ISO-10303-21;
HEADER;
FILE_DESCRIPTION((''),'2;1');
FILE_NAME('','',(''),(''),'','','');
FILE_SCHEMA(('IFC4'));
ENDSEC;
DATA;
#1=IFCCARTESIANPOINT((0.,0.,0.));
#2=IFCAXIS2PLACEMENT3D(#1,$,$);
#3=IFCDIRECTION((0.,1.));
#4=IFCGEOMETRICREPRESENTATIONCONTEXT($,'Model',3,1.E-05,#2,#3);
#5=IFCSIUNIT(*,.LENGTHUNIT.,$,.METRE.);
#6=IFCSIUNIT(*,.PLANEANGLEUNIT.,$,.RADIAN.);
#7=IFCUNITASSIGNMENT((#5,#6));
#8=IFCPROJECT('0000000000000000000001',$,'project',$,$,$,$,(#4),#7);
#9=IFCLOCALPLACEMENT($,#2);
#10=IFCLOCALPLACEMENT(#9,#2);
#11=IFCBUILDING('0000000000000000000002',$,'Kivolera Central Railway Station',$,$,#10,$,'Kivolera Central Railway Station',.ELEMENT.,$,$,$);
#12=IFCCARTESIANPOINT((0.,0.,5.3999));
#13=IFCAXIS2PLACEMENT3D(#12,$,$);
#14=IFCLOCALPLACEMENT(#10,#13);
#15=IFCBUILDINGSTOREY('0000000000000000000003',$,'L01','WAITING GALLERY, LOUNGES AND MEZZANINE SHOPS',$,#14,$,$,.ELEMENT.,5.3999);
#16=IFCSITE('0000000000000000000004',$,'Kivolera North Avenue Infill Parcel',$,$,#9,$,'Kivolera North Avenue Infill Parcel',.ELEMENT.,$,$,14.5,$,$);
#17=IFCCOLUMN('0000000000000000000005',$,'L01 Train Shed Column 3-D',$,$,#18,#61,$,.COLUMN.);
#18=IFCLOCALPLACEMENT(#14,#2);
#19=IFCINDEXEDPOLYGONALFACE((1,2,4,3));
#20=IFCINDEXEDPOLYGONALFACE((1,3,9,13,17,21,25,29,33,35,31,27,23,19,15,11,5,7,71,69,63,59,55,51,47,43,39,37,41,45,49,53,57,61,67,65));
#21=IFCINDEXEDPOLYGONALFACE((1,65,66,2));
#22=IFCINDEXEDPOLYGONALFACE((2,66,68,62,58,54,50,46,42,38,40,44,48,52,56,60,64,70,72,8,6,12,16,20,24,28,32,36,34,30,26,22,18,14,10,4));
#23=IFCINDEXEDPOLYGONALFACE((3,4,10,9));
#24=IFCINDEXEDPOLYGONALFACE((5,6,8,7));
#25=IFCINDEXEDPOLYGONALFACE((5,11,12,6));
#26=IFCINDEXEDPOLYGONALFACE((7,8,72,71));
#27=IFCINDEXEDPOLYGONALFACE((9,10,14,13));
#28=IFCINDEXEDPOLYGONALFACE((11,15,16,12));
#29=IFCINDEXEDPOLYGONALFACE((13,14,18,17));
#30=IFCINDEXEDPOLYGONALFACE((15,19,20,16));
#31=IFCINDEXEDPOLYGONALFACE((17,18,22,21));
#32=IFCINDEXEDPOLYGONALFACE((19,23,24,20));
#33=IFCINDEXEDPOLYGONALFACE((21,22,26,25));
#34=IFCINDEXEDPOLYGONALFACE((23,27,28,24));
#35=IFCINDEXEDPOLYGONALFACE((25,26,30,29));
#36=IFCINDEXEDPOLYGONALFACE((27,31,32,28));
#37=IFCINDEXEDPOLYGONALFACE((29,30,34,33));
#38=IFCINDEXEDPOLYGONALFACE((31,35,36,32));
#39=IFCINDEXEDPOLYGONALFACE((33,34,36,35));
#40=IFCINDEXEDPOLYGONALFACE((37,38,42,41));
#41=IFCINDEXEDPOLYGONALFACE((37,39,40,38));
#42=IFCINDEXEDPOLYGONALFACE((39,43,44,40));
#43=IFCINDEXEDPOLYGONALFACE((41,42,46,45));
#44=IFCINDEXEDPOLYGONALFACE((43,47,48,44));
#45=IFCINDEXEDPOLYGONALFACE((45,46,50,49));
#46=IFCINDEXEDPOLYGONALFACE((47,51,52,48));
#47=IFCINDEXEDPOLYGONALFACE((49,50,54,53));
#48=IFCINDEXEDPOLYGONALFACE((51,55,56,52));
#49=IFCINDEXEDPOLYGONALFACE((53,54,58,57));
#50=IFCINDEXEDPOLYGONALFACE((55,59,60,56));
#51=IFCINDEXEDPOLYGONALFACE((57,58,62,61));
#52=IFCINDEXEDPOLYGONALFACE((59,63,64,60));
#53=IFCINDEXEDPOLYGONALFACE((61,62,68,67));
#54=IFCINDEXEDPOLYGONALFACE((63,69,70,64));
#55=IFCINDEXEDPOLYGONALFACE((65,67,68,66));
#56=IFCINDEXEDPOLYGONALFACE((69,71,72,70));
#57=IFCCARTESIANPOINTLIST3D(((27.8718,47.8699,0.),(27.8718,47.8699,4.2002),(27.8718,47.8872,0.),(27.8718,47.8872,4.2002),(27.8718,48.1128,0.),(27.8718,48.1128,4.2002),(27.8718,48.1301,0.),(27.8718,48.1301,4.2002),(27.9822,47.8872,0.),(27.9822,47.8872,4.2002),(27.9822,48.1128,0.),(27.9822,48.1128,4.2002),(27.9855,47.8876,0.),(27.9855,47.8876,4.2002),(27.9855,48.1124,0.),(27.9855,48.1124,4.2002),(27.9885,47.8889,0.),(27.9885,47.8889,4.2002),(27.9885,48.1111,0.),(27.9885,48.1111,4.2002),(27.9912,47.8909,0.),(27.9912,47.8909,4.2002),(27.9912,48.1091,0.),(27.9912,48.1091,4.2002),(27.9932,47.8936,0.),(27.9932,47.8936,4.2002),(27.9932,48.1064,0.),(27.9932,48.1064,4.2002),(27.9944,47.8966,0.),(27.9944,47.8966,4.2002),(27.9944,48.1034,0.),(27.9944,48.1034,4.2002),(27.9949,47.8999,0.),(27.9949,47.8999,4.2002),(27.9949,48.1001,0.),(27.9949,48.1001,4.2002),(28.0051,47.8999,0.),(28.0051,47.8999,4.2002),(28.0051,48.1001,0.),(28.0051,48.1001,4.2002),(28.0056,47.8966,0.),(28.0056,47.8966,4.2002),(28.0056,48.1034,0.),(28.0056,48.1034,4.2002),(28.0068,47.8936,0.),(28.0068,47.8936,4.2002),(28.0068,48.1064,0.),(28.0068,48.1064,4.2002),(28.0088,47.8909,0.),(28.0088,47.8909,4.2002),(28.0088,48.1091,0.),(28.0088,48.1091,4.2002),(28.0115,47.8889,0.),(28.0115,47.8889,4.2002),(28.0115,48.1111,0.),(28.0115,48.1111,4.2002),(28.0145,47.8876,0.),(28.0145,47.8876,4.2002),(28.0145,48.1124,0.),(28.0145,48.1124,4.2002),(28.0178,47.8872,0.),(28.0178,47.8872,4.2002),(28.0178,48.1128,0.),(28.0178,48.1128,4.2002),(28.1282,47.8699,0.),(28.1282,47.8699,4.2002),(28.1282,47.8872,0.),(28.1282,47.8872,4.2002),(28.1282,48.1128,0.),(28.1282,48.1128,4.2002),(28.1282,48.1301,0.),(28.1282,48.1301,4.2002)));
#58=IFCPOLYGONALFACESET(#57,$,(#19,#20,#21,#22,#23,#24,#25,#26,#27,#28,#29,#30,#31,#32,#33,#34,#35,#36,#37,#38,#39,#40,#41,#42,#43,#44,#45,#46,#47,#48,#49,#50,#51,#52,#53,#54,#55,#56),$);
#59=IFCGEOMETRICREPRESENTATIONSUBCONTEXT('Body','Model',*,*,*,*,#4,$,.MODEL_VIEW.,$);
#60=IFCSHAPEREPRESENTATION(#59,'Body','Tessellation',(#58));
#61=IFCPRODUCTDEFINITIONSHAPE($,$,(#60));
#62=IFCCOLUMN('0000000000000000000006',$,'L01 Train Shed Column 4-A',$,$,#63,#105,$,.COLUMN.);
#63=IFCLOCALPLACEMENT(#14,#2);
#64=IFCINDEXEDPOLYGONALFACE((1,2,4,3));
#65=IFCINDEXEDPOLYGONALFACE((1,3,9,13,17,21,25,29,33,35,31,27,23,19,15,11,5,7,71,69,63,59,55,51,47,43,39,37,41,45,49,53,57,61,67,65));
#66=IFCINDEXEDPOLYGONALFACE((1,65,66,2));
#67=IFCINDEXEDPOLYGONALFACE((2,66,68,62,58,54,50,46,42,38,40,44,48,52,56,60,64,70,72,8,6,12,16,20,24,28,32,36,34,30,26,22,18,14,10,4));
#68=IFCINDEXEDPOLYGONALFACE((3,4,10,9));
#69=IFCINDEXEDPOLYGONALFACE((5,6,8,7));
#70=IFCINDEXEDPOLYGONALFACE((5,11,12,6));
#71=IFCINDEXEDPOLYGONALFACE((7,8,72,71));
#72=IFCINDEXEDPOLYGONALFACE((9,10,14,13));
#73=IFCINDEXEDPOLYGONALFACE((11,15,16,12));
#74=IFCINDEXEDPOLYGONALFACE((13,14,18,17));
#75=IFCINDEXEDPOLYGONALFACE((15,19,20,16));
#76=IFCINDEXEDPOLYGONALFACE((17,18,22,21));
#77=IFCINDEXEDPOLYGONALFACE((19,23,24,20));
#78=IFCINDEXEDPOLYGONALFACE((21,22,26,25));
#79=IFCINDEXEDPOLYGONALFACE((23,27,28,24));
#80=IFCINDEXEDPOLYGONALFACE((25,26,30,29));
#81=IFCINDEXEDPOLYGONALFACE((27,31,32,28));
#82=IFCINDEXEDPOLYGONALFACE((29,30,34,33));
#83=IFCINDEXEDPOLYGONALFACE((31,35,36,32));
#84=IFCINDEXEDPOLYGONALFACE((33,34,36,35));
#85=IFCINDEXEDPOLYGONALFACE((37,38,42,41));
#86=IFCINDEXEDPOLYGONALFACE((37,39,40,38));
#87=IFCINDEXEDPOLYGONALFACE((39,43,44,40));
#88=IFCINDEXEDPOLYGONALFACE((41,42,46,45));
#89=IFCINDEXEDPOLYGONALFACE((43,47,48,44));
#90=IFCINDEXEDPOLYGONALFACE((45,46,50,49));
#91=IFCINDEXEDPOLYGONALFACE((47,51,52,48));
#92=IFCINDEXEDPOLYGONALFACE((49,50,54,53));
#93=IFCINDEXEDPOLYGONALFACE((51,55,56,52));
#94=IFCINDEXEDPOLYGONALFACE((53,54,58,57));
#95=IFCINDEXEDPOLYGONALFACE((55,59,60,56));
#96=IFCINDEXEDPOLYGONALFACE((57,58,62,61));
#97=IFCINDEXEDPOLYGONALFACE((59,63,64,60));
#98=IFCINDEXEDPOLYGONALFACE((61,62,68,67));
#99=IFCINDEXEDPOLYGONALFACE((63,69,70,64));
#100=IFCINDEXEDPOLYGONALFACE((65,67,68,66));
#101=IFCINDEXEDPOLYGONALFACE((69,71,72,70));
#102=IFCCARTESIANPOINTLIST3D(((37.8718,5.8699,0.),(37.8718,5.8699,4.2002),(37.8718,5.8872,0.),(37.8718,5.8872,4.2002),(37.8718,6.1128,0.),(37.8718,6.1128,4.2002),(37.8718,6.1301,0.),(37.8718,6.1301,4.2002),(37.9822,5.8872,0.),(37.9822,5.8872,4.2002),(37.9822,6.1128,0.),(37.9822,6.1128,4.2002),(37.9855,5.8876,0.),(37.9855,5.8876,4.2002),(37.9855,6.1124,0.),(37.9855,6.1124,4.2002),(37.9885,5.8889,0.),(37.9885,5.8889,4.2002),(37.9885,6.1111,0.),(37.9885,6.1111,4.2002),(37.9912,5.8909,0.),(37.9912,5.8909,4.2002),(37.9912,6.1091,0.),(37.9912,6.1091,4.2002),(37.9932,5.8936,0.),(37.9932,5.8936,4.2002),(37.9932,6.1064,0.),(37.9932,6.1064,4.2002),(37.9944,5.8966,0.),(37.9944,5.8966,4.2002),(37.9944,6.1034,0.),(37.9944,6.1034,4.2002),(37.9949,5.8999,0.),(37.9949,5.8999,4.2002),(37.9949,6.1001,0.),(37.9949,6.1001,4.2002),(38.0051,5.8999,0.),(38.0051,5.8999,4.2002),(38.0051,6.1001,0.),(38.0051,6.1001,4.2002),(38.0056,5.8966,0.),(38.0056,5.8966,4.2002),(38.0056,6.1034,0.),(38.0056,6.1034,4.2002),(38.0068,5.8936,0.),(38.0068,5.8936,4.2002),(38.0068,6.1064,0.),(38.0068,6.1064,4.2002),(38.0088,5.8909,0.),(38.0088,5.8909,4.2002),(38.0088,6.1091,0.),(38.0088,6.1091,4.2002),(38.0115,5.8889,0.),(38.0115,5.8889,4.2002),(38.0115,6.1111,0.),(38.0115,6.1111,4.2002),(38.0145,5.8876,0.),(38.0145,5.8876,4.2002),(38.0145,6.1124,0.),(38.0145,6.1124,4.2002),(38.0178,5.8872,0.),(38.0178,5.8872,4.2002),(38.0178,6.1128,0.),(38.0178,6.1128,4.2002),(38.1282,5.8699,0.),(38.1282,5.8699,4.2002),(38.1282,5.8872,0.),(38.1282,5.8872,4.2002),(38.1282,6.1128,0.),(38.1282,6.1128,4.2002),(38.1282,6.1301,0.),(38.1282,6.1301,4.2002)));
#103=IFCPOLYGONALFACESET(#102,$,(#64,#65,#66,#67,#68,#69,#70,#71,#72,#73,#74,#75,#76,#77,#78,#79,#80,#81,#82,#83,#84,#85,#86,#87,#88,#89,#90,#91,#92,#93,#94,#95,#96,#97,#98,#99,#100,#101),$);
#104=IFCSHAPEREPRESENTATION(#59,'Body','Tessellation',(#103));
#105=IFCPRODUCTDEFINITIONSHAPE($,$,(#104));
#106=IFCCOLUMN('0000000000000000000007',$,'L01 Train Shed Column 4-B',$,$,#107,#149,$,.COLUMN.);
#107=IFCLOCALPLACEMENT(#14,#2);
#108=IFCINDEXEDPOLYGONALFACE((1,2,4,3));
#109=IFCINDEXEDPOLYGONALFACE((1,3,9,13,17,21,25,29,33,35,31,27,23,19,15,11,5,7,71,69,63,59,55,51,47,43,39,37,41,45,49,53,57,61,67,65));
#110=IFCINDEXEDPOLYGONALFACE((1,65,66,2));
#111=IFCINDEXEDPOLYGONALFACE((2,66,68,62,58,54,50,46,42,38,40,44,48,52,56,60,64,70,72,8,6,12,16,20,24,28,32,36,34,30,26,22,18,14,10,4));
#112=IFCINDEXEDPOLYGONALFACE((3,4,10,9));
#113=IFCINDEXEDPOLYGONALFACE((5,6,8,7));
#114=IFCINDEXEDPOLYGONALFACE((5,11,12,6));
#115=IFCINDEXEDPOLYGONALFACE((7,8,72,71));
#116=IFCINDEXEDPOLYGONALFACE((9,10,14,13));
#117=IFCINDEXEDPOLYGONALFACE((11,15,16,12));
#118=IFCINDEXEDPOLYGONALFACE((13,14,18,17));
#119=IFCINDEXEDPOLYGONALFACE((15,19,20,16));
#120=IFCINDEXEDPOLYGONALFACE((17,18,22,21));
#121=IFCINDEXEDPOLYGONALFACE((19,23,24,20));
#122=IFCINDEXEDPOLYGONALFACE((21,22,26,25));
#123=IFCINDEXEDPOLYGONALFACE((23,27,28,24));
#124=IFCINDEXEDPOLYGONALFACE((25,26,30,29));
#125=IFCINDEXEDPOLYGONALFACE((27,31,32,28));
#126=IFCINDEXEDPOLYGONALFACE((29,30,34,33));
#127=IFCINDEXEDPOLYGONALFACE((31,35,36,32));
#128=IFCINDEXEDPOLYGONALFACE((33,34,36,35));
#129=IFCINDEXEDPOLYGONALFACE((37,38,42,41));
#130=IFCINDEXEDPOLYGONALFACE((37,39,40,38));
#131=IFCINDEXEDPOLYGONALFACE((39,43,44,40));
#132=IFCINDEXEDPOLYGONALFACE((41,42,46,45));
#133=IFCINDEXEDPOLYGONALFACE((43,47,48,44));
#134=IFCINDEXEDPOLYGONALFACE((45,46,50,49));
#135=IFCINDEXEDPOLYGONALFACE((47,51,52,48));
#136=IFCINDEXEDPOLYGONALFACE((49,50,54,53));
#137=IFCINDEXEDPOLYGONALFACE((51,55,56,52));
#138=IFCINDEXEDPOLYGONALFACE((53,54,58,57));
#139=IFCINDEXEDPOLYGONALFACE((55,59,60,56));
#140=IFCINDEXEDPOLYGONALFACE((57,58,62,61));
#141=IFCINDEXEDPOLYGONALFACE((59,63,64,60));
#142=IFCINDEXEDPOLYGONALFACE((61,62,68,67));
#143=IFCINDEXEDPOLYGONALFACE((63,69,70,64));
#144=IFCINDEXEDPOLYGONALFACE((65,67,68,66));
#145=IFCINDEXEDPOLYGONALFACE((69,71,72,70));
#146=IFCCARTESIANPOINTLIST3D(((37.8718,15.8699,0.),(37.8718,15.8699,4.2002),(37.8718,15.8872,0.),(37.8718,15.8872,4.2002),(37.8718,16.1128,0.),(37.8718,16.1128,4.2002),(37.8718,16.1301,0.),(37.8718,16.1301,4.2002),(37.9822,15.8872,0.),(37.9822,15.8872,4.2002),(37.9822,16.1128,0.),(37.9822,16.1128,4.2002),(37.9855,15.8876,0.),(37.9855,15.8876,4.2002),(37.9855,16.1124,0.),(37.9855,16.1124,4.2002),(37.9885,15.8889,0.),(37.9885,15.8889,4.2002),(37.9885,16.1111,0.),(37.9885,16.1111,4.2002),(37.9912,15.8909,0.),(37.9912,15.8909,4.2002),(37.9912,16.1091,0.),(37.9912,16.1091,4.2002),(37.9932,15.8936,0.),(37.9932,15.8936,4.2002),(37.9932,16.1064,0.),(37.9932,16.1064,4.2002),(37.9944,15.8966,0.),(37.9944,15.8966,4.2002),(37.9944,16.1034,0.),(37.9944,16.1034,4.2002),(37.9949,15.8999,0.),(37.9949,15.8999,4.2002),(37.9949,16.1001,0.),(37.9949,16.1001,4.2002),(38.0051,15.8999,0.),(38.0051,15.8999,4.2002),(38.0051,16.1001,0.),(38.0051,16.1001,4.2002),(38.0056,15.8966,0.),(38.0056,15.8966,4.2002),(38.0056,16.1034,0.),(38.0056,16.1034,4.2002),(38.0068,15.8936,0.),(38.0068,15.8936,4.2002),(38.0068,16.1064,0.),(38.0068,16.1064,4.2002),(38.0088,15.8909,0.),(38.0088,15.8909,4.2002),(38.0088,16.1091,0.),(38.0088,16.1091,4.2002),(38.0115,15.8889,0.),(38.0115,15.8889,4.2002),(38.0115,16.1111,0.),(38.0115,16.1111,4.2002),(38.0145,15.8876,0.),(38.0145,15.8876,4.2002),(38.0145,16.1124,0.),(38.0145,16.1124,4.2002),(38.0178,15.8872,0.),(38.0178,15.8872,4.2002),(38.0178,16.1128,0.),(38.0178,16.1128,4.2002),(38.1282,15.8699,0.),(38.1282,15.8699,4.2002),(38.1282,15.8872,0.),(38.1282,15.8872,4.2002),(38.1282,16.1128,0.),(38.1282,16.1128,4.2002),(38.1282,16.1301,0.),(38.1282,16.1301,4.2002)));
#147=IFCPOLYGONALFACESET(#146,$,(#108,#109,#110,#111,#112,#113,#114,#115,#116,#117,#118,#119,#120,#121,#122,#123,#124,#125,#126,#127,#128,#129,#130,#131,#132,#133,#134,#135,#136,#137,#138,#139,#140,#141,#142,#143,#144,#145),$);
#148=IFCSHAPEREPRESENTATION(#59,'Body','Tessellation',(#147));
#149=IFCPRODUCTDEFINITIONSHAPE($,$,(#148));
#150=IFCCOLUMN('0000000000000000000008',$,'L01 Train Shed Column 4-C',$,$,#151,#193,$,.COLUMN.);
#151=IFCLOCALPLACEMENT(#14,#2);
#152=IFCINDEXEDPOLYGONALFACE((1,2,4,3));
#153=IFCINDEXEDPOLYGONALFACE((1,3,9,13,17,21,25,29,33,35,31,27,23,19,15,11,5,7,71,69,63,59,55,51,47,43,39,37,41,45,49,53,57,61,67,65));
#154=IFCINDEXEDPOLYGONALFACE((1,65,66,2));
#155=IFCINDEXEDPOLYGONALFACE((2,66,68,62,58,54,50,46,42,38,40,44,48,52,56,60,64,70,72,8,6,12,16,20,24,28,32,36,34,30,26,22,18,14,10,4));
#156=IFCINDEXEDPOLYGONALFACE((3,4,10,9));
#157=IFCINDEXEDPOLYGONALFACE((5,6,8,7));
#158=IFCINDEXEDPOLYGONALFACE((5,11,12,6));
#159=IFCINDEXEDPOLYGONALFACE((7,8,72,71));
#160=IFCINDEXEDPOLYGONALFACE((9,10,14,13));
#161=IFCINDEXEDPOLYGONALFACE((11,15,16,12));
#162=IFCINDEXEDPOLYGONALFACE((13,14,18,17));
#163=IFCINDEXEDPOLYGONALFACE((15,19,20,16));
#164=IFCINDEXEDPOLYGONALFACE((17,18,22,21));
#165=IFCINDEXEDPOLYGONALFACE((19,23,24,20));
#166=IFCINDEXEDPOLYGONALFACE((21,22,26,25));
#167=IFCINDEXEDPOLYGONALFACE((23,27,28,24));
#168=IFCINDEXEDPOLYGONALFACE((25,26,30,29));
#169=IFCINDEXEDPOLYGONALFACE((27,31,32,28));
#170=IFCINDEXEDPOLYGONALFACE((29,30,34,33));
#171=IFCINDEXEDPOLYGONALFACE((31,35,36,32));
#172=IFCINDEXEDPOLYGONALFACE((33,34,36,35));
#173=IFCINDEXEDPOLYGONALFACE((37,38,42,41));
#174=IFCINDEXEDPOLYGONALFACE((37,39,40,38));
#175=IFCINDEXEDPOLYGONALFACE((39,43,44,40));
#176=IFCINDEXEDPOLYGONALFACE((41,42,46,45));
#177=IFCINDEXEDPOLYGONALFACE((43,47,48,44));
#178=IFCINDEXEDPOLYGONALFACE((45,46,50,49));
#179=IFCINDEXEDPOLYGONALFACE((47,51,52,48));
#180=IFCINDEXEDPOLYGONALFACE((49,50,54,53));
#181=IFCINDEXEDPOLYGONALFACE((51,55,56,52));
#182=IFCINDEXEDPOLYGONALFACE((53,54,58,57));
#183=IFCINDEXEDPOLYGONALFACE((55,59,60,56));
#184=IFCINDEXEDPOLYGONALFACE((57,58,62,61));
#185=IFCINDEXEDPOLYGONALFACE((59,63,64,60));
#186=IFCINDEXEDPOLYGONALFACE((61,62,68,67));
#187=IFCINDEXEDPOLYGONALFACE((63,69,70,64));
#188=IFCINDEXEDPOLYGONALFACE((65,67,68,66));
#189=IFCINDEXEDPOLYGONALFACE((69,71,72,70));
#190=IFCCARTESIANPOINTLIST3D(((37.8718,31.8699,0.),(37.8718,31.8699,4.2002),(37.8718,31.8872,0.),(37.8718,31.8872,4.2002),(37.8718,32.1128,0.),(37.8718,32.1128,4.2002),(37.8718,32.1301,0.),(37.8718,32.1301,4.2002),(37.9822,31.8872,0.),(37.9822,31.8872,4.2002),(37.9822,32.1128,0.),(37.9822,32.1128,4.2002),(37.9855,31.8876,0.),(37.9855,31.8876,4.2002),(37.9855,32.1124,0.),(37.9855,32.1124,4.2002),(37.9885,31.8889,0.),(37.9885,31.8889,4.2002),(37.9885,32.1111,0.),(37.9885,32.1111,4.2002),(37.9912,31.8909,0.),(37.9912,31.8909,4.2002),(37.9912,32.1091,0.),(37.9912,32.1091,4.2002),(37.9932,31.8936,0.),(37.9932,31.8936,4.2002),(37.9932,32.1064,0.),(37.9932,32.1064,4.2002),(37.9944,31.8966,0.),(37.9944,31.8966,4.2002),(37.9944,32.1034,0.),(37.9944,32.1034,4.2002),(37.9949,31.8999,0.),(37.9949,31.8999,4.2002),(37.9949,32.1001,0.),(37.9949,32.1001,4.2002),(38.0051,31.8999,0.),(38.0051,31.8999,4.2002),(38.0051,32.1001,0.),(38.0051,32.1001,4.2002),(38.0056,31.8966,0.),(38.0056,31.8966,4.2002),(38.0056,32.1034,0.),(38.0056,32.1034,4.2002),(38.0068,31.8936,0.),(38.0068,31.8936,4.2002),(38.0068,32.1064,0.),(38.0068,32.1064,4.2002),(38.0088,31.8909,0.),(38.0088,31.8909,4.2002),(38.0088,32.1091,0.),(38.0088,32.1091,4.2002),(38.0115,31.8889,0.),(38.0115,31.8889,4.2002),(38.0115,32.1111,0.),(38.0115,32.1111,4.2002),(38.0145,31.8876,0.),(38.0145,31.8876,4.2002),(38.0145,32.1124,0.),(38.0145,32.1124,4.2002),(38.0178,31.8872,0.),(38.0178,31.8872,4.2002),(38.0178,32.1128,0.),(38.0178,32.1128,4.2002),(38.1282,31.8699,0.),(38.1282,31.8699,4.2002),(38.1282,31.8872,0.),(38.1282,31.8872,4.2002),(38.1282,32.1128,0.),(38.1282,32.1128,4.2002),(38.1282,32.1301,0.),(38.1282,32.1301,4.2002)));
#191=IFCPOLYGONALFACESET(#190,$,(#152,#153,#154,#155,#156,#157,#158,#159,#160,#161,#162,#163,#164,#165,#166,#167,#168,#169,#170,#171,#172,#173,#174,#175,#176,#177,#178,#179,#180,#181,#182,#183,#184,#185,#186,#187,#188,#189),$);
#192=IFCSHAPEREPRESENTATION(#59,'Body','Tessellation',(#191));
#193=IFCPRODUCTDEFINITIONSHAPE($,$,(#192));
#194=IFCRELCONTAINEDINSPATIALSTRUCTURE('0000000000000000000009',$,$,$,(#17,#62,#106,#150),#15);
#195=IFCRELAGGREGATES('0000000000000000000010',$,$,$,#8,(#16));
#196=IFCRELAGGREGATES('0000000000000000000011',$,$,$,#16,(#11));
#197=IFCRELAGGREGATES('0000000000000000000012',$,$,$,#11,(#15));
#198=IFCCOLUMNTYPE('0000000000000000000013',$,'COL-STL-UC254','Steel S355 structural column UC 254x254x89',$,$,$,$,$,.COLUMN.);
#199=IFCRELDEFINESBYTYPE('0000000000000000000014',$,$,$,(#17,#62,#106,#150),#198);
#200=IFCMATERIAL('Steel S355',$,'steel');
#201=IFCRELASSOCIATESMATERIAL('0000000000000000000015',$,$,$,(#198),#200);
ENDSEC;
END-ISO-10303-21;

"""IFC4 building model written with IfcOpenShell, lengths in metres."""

from ifc_helpers import new_model, si_unit, direction, frame, origin, origin_2d, place, context, subcontext, project, spatial, i_section, extrude, material, material_profile, profile_set, type_object, element, save


model = new_model("IFC4")

# Units and contexts
model_context = context("Model", 3, precision=1e-05, world=origin(), true_north=direction((0.0, 1.0)))
body_context = subcontext(model_context, "Body", "Model", "MODEL_VIEW")
ifc_project = project(units=[si_unit("LENGTHUNIT", "METRE"), si_unit("PLANEANGLEUNIT", "RADIAN")], contexts=[model_context])

# Site, building, storey
site_placement = place(None, origin())
site = spatial("IfcSite", under=ifc_project, at=site_placement, Name="Kivolera North Avenue Infill Parcel", LongName="Kivolera North Avenue Infill Parcel", CompositionType="ELEMENT", RefElevation=14.5)
building_placement = place(site_placement, origin())
building = spatial("IfcBuilding", under=site, at=building_placement, Name="Kivolera Central Railway Station", LongName="Kivolera Central Railway Station", CompositionType="ELEMENT")
storey_placement = place(building_placement, frame((0.0, 0.0, 5.3999)))
storey = spatial("IfcBuildingStorey", under=building, at=storey_placement, Name="L01", Description="WAITING GALLERY, LOUNGES AND MEZZANINE SHOPS", CompositionType="ELEMENT", Elevation=5.3999)

# Columns
ifc_material_1 = material(Name="Steel S355", Category="steel")
ifc_material_profile_1 = material_profile(ifc_material_1, i_section(OverallWidth=0.2563, OverallDepth=0.2603, WebThickness=0.0103, FlangeThickness=0.0173, FilletRadius=0.0127, at=origin_2d()), Name="UC 254x254x89")
ifc_profile_set_1 = profile_set([ifc_material_profile_1], Name="Steel S355")
column_type_1 = type_object("IfcColumnType", Name="COL-STL-UC254", Description="Steel S355 structural column UC 254x254x89", PredefinedType="COLUMN", material=ifc_profile_set_1)
for number, where, z_axis, x_axis, name in (
    (1, (28.0, 48.0, 0.0), (0.0, 0.0, 1.0), (1.0, 0.0, 0.0), "L01 Train Shed Column 3-D"),
    (2, (38.0, 6.0, 0.0), (0.0, 0.0, 1.0), (1.0, 0.0, 0.0), "L01 Train Shed Column 4-A"),
    (3, (38.0, 16.0, 0.0), (0.0, 0.0, 1.0), (1.0, 0.0, 0.0), "L01 Train Shed Column 4-B"),
    (4, (38.0, 32.0, 0.0), (0.0, 0.0, 1.0), (1.0, 0.0, 0.0), "L01 Train Shed Column 4-C"),
):
    element("IfcColumn", number, at=place(storey_placement, frame(where, z_axis=z_axis, x_axis=x_axis)), inside=storey, type_object=column_type_1, Name=name, PredefinedType="COLUMN", context=body_context, shape_type="SweptSolid", body=[
        extrude(i_section(OverallWidth=0.2563, OverallDepth=0.2603, WebThickness=0.0103, FlangeThickness=0.0173, FilletRadius=0.0127, at=origin_2d()), origin(), (0.0, 0.0, 1.0), 4.2002),
    ])

save(model, "model.ifc")
